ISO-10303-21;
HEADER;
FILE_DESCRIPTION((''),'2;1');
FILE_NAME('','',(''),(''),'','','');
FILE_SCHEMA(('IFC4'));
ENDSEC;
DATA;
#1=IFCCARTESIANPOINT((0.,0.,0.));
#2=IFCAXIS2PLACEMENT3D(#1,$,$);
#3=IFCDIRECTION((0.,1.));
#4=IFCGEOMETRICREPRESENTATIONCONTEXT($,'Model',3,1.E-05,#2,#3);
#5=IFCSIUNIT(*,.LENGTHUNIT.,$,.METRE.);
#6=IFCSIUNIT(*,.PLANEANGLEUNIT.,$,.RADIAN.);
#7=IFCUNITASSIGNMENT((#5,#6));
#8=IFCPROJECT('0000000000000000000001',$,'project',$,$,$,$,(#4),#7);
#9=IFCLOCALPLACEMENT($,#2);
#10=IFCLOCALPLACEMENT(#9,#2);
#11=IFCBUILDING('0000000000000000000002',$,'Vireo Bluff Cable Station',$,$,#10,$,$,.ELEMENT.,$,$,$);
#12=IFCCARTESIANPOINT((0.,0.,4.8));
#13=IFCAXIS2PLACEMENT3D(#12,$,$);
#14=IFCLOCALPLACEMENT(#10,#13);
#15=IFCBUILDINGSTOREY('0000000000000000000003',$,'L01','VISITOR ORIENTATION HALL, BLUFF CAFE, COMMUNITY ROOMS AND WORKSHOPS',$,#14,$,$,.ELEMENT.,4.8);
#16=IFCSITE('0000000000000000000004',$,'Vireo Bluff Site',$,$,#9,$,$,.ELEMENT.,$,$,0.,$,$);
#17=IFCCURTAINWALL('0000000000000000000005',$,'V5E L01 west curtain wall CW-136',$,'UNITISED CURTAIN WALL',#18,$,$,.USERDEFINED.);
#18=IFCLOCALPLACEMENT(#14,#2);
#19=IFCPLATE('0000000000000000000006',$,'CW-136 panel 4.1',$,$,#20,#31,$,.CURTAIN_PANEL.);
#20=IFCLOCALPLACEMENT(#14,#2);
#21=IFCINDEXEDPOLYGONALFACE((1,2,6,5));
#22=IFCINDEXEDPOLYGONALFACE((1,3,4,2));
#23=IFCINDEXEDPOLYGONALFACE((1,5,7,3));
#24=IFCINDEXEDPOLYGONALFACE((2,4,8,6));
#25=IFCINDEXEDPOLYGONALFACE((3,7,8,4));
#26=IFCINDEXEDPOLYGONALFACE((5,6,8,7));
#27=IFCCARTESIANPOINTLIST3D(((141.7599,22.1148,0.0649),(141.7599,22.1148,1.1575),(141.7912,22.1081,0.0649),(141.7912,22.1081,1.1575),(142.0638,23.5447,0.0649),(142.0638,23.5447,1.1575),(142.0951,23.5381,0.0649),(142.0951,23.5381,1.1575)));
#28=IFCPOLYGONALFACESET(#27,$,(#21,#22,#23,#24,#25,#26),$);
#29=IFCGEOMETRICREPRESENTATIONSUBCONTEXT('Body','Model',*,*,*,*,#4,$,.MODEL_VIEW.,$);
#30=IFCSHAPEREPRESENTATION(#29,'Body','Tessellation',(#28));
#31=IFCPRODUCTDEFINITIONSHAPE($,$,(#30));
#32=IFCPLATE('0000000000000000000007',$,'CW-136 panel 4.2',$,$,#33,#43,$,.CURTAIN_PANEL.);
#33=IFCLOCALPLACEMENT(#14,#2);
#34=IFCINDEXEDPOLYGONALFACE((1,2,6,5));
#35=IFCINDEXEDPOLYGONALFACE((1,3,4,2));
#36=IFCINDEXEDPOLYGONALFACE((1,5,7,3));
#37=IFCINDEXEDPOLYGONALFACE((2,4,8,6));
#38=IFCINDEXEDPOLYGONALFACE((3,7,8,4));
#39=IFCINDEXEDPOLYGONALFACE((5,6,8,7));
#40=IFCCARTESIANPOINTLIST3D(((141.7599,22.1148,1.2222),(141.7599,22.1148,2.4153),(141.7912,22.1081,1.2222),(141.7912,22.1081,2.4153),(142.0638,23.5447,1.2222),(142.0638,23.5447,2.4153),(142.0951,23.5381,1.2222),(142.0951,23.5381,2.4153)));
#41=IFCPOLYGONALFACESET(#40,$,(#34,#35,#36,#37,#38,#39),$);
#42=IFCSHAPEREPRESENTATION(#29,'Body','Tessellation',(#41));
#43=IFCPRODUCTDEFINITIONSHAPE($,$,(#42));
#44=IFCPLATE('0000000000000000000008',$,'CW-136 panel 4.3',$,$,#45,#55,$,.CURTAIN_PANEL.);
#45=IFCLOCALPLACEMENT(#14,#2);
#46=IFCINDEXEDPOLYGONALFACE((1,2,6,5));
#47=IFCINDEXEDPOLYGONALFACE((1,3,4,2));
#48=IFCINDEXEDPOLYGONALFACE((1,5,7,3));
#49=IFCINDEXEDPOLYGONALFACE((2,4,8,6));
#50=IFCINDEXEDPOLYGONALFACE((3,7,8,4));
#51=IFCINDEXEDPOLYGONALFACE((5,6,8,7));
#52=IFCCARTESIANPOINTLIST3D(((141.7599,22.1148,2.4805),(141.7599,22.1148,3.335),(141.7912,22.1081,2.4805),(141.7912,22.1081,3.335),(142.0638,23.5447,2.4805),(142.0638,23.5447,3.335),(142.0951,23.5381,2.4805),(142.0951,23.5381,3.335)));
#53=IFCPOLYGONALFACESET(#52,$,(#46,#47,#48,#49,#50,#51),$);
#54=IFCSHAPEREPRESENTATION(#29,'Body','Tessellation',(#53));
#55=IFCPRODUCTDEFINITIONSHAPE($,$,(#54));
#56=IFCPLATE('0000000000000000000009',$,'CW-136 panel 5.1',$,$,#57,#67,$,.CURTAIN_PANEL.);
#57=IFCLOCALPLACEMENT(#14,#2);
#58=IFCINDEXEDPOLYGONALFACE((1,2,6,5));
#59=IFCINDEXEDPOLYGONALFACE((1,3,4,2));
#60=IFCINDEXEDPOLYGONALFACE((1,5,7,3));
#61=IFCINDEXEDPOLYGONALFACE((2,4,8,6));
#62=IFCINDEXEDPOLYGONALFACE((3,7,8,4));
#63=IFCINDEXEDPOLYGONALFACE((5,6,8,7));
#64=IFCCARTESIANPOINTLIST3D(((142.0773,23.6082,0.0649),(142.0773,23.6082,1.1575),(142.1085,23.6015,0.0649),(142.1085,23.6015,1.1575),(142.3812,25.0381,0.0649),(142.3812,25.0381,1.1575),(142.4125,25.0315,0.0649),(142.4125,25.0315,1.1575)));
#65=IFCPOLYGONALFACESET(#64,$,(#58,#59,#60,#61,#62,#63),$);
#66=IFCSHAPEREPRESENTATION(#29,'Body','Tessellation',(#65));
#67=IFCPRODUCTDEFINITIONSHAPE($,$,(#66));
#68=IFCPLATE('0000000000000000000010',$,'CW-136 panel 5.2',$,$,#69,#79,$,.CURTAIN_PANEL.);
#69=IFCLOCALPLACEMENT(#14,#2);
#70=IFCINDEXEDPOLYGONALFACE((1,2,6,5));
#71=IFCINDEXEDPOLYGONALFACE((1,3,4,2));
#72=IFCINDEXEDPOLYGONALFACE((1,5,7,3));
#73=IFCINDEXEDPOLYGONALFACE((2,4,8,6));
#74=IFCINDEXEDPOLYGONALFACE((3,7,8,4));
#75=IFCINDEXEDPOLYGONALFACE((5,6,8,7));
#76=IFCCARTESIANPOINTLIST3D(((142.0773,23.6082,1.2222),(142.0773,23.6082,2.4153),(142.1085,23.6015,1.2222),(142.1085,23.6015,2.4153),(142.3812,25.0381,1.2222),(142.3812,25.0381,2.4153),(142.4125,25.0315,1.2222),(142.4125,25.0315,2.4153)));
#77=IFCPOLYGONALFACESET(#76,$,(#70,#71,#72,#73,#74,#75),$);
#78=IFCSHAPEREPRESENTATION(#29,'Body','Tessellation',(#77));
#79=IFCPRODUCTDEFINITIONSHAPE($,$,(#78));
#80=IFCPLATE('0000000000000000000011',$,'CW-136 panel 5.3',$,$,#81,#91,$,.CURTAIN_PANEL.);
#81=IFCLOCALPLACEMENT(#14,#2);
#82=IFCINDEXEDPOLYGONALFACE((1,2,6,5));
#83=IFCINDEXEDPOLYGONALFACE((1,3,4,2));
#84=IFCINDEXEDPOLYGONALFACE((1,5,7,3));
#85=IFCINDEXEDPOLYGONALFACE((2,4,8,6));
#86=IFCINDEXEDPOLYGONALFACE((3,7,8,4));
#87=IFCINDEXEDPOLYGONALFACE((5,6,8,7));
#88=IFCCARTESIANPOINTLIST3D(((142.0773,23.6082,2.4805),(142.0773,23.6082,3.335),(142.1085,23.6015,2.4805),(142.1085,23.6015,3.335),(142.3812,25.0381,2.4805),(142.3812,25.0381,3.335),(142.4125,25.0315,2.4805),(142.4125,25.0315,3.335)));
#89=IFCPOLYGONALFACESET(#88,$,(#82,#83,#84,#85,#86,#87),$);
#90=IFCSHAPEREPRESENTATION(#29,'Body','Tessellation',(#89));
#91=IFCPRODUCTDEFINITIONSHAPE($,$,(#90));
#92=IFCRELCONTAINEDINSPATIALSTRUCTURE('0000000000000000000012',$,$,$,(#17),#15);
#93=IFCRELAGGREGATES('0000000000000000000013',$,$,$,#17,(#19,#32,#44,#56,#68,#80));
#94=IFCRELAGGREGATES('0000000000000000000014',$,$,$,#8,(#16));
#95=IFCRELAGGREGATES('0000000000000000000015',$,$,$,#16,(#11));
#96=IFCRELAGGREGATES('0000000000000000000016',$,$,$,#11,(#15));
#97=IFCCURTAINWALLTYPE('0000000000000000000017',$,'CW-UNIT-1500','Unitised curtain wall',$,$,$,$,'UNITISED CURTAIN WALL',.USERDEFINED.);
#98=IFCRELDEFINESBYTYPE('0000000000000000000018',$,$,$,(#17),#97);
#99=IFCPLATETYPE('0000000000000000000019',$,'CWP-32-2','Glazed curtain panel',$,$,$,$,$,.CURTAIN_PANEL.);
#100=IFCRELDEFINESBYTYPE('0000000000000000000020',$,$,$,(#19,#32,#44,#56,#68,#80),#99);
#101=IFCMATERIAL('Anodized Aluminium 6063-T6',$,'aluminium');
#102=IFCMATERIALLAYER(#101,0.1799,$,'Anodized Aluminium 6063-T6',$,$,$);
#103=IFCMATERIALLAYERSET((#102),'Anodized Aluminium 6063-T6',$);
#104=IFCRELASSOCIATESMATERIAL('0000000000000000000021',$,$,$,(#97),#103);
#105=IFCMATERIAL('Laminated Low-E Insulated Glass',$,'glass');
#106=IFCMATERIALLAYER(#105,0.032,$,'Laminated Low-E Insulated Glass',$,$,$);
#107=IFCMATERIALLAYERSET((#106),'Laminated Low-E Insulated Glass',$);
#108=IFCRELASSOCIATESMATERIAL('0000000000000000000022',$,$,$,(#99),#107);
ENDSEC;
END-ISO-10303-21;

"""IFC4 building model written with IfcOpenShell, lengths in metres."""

from ifc_helpers import new_model, si_unit, direction, frame, origin, origin_2d, place, context, subcontext, project, spatial, rectangle, extrude, material, layer, layer_set, type_object, element, aggregate, save


model = new_model("IFC4")

# Units and contexts
model_context = context("Model", 3, precision=1e-05, world=origin(), true_north=direction((0.0, 1.0)))
body_context = subcontext(model_context, "Body", "Model", "MODEL_VIEW")
ifc_project = project(units=[si_unit("LENGTHUNIT", "METRE"), si_unit("PLANEANGLEUNIT", "RADIAN")], contexts=[model_context])

# Site, building, storey
site_placement = place(None, origin())
site = spatial("IfcSite", under=ifc_project, at=site_placement, Name="Vireo Bluff Site", CompositionType="ELEMENT", RefElevation=0.0)
building_placement = place(site_placement, origin())
building = spatial("IfcBuilding", under=site, at=building_placement, Name="Vireo Bluff Cable Station", CompositionType="ELEMENT")
storey_placement = place(building_placement, frame((0.0, 0.0, 4.8)))
storey = spatial("IfcBuildingStorey", under=building, at=storey_placement, Name="L01", Description="VISITOR ORIENTATION HALL, BLUFF CAFE, COMMUNITY ROOMS AND WORKSHOPS", CompositionType="ELEMENT", Elevation=4.8)

# Curtain wall
ifc_material_1 = material(Name="Anodized Aluminium 6063-T6", Category="aluminium")
ifc_layer_1 = layer(ifc_material_1, 0.1799, Name="Anodized Aluminium 6063-T6")
ifc_layer_set_1 = layer_set([ifc_layer_1], Name="Anodized Aluminium 6063-T6")
curtain_wall_type = type_object("IfcCurtainWallType", Name="CW-UNIT-1500", Description="Unitised curtain wall", ElementType="UNITISED CURTAIN WALL", PredefinedType="USERDEFINED", material=ifc_layer_set_1)
curtain_wall_placement = place(storey_placement, origin())
curtain_wall = element("IfcCurtainWall", 1, at=curtain_wall_placement, inside=storey, type_object=curtain_wall_type, Name="V5E L01 west curtain wall CW-136", ObjectType="UNITISED CURTAIN WALL", PredefinedType="USERDEFINED")

# Plates
ifc_material_2 = material(Name="Laminated Low-E Insulated Glass", Category="glass")
ifc_layer_2 = layer(ifc_material_2, 0.032, Name="Laminated Low-E Insulated Glass")
ifc_layer_set_2 = layer_set([ifc_layer_2], Name="Laminated Low-E Insulated Glass")
plate_type = type_object("IfcPlateType", Name="CWP-32-2", Description="Glazed curtain panel", PredefinedType="CURTAIN_PANEL", material=ifc_layer_set_2)
plate_1_placement = place(storey_placement, frame((141.9275, 22.8264, 0.0649), z_axis=(0.0, 0.0, 1.0), x_axis=(0.207912, 0.978148, 0.0)))
plate_1 = element("IfcPlate", 2, at=plate_1_placement, type_object=plate_type, Name="CW-136 panel 4.1", PredefinedType="CURTAIN_PANEL", context=body_context, shape_type="SweptSolid", body=[
    extrude(rectangle(XDim=1.4619, YDim=0.032, at=origin_2d()), origin(), (0.0, 0.0, 1.0), 1.0925),
])
plate_2_placement = place(storey_placement, frame((141.9275, 22.8264, 1.2222), z_axis=(0.0, 0.0, 1.0), x_axis=(0.207912, 0.978148, 0.0)))
plate_2 = element("IfcPlate", 3, at=plate_2_placement, type_object=plate_type, Name="CW-136 panel 4.2", PredefinedType="CURTAIN_PANEL", context=body_context, shape_type="SweptSolid", body=[
    extrude(rectangle(XDim=1.4619, YDim=0.032, at=origin_2d()), origin(), (0.0, 0.0, 1.0), 1.1931),
])
plate_3_placement = place(storey_placement, frame((141.9275, 22.8264, 2.4805), z_axis=(0.0, 0.0, 1.0), x_axis=(0.207912, 0.978148, 0.0)))
plate_3 = element("IfcPlate", 4, at=plate_3_placement, type_object=plate_type, Name="CW-136 panel 4.3", PredefinedType="CURTAIN_PANEL", context=body_context, shape_type="SweptSolid", body=[
    extrude(rectangle(XDim=1.4619, YDim=0.032, at=origin_2d()), origin(), (0.0, 0.0, 1.0), 0.8545),
])
plate_4_placement = place(storey_placement, frame((142.2449, 24.3198, 0.0649), z_axis=(0.0, 0.0, 1.0), x_axis=(0.207912, 0.978148, 0.0)))
plate_4 = element("IfcPlate", 5, at=plate_4_placement, type_object=plate_type, Name="CW-136 panel 5.1", PredefinedType="CURTAIN_PANEL", context=body_context, shape_type="SweptSolid", body=[
    extrude(rectangle(XDim=1.4619, YDim=0.032, at=origin_2d()), origin(), (0.0, 0.0, 1.0), 1.0925),
])
plate_5_placement = place(storey_placement, frame((142.2449, 24.3198, 1.2222), z_axis=(0.0, 0.0, 1.0), x_axis=(0.207912, 0.978148, 0.0)))
plate_5 = element("IfcPlate", 6, at=plate_5_placement, type_object=plate_type, Name="CW-136 panel 5.2", PredefinedType="CURTAIN_PANEL", context=body_context, shape_type="SweptSolid", body=[
    extrude(rectangle(XDim=1.4619, YDim=0.032, at=origin_2d()), origin(), (0.0, 0.0, 1.0), 1.1931),
])
plate_6_placement = place(storey_placement, frame((142.2449, 24.3198, 2.4805), z_axis=(0.0, 0.0, 1.0), x_axis=(0.207912, 0.978148, 0.0)))
plate_6 = element("IfcPlate", 7, at=plate_6_placement, type_object=plate_type, Name="CW-136 panel 5.3", PredefinedType="CURTAIN_PANEL", context=body_context, shape_type="SweptSolid", body=[
    extrude(rectangle(XDim=1.4619, YDim=0.032, at=origin_2d()), origin(), (0.0, 0.0, 1.0), 0.8545),
])
aggregate(curtain_wall, [plate_1, plate_2, plate_3, plate_4, plate_5, plate_6])

save(model, "model.ifc")
